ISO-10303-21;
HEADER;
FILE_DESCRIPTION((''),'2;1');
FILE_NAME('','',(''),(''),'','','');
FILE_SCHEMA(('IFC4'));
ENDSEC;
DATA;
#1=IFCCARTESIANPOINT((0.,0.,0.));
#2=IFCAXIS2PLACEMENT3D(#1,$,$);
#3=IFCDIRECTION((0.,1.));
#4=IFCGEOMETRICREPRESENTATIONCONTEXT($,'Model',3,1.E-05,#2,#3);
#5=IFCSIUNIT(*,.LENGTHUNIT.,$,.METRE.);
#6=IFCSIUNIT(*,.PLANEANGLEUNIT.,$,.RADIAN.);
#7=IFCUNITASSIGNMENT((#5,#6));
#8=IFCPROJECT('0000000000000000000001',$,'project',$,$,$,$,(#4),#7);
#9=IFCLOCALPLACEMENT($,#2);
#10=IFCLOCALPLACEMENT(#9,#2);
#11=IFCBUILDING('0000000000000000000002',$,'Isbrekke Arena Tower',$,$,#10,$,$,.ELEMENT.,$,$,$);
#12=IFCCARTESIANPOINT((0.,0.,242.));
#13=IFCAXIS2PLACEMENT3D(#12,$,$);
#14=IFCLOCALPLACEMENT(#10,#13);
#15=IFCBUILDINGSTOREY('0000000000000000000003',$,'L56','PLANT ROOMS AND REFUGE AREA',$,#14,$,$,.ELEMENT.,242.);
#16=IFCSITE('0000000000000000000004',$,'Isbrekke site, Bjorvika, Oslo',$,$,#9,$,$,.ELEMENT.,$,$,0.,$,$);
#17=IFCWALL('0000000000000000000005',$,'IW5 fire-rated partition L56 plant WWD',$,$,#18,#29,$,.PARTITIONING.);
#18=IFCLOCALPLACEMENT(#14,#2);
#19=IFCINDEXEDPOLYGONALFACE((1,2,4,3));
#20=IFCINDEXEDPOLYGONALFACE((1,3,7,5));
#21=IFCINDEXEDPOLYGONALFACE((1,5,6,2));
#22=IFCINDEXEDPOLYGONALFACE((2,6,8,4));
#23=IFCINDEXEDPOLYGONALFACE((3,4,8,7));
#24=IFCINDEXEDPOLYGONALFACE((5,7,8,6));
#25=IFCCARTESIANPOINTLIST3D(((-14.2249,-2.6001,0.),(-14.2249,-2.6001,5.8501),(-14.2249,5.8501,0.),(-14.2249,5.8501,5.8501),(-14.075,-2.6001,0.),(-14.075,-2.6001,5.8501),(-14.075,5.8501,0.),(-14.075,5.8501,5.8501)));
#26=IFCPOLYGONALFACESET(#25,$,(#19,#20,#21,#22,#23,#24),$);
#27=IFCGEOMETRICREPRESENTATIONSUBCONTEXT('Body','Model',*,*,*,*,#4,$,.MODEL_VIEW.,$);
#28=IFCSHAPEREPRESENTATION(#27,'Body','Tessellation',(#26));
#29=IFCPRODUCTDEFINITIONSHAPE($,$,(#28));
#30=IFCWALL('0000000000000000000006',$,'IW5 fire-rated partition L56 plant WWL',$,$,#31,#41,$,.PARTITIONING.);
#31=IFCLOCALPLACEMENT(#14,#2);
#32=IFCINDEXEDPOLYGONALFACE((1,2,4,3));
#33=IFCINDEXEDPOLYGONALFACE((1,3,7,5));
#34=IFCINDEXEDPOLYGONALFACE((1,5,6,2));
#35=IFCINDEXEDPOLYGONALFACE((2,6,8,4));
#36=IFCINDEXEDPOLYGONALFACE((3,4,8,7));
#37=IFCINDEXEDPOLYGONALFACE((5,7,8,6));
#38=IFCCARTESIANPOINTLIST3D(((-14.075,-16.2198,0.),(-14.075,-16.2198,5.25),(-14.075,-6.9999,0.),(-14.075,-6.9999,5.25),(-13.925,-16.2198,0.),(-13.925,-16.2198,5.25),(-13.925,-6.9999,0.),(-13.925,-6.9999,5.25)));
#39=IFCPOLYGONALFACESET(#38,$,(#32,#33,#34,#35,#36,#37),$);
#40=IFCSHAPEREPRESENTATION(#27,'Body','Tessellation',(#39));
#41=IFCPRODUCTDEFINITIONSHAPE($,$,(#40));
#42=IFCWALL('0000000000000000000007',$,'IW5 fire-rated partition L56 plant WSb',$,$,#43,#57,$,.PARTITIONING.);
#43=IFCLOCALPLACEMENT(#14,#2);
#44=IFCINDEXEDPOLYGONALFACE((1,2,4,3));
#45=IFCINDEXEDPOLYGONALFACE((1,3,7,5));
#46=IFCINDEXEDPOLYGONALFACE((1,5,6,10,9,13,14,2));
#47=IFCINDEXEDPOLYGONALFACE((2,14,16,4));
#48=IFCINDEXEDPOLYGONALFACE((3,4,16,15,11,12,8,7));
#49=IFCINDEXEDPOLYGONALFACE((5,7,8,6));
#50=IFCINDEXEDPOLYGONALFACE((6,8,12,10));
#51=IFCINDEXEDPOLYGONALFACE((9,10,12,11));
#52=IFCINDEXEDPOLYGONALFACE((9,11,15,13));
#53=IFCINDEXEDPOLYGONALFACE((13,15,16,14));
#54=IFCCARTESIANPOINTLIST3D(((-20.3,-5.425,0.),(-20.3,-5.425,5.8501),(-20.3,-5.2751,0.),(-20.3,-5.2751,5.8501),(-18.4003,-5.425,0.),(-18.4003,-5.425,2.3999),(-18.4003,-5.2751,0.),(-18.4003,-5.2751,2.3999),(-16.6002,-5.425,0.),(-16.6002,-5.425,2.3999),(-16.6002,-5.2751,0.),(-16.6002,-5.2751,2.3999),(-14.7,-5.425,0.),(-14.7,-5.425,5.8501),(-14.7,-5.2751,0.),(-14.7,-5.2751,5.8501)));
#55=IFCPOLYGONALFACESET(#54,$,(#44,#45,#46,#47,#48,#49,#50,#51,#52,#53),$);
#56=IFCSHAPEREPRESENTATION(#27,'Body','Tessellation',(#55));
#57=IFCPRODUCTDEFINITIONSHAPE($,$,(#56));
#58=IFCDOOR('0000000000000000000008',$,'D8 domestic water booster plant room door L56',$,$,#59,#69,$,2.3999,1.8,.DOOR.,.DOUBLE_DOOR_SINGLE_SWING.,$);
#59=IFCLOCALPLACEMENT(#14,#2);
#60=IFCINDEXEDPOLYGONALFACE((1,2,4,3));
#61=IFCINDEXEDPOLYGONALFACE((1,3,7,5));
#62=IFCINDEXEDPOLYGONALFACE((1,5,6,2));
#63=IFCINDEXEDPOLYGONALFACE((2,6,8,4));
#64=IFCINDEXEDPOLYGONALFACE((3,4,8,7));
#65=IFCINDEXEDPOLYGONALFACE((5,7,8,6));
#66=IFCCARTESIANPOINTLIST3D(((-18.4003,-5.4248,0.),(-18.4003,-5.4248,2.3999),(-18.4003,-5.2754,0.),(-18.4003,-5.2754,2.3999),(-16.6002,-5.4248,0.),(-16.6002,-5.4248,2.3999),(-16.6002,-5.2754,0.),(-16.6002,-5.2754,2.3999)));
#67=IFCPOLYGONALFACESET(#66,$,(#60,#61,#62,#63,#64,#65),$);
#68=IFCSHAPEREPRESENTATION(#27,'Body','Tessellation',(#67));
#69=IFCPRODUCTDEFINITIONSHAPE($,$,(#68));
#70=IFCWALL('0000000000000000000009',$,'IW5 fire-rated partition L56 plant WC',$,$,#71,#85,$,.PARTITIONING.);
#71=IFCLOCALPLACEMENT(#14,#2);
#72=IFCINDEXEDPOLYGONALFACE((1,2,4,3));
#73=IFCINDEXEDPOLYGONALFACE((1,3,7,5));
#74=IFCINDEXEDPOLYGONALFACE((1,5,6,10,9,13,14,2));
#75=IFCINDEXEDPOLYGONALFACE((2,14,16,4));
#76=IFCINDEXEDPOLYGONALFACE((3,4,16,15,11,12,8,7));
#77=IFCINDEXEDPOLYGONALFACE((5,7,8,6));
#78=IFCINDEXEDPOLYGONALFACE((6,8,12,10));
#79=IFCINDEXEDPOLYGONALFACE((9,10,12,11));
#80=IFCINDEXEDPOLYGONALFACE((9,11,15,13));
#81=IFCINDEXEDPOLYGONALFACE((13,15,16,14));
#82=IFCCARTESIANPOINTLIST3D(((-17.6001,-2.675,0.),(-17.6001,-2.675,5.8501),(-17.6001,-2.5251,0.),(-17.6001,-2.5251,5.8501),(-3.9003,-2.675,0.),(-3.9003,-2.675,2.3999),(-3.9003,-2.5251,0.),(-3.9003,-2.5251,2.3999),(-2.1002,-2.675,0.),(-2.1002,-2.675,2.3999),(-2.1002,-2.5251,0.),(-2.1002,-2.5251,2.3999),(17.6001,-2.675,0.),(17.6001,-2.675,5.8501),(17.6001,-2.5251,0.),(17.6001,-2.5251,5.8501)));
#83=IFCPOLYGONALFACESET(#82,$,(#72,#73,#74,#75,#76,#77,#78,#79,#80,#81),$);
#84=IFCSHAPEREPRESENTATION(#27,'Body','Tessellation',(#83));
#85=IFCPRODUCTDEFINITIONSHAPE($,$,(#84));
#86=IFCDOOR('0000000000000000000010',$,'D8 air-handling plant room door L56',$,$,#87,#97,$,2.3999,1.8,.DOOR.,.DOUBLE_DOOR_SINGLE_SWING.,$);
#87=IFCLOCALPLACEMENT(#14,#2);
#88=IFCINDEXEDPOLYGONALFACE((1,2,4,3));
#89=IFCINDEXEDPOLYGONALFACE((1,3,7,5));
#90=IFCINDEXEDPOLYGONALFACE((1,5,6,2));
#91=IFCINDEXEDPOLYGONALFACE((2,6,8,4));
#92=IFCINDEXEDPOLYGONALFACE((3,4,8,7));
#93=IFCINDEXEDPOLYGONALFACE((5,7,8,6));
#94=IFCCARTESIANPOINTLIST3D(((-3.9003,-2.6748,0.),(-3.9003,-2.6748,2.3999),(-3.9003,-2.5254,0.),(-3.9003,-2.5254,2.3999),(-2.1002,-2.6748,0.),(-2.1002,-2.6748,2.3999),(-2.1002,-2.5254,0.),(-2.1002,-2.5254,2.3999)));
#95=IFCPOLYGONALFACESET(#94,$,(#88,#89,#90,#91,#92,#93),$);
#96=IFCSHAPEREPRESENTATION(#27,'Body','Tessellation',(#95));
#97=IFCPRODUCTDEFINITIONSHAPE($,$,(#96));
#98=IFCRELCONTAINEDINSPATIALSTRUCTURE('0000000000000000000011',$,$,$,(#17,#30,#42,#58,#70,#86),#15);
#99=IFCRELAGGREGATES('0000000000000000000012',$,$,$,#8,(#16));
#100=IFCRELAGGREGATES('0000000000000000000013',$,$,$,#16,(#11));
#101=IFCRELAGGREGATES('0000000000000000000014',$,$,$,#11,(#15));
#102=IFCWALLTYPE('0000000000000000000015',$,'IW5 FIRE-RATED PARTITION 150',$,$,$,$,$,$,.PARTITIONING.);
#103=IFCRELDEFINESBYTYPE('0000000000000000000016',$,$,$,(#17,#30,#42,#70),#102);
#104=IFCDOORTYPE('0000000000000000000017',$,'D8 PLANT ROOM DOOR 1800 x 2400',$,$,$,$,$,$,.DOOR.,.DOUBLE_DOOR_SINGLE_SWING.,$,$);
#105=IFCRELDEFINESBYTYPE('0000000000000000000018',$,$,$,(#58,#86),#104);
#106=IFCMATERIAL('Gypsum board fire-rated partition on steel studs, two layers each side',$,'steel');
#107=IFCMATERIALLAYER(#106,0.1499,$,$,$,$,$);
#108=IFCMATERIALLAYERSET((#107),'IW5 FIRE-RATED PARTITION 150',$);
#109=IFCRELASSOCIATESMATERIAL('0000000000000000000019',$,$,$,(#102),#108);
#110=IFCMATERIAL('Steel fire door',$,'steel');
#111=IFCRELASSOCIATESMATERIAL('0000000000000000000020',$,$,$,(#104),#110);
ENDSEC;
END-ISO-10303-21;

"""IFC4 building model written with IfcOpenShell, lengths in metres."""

from ifc_helpers import new_model, si_unit, direction, frame, frame_2d, origin, place, context, subcontext, project, spatial, rectangle, extrude, material, layer, layer_set, type_object, element, fill, save


model = new_model("IFC4")

# Units and contexts
model_context = context("Model", 3, precision=1e-05, world=origin(), true_north=direction((0.0, 1.0)))
body_context = subcontext(model_context, "Body", "Model", "MODEL_VIEW")
ifc_project = project(units=[si_unit("LENGTHUNIT", "METRE"), si_unit("PLANEANGLEUNIT", "RADIAN")], contexts=[model_context])

# Site, building, storey
site_placement = place(None, origin())
site = spatial("IfcSite", under=ifc_project, at=site_placement, Name="Isbrekke site, Bjorvika, Oslo", CompositionType="ELEMENT", RefElevation=0.0)
building_placement = place(site_placement, origin())
building = spatial("IfcBuilding", under=site, at=building_placement, Name="Isbrekke Arena Tower", CompositionType="ELEMENT")
storey_placement = place(building_placement, frame((0.0, 0.0, 242.0)))
storey = spatial("IfcBuildingStorey", under=building, at=storey_placement, Name="L56", Description="PLANT ROOMS AND REFUGE AREA", CompositionType="ELEMENT", Elevation=242.0)

# Shared definitions
ifc_material_1 = material(Name="Gypsum board fire-rated partition on steel studs, two layers each side", Category="steel")
ifc_layer_1 = layer(ifc_material_1, 0.1499)
ifc_layer_set_1 = layer_set([ifc_layer_1], Name="IW5 FIRE-RATED PARTITION 150")
wall_type = type_object("IfcWallType", Name="IW5 FIRE-RATED PARTITION 150", PredefinedType="PARTITIONING", material=ifc_layer_set_1)
ifc_material_2 = material(Name="Steel fire door", Category="steel")
door_type = type_object("IfcDoorType", Name="D8 PLANT ROOM DOOR 1800 x 2400", OperationType="DOUBLE_DOOR_SINGLE_SWING", PredefinedType="DOOR", material=ifc_material_2)

# Walls
wall_1_placement = place(storey_placement, frame((-14.1499, -2.6001, 0.0), z_axis=(0.0, 0.0, 1.0), x_axis=(0.0, 1.0, 0.0)))
element("IfcWall", 1, at=wall_1_placement, inside=storey, type_object=wall_type, Name="IW5 fire-rated partition L56 plant WWD", PredefinedType="PARTITIONING", context=body_context, shape_type="SweptSolid", body=[
    extrude(rectangle(XDim=8.4502, YDim=0.1499, at=frame_2d((4.2251, 0.0))), origin(), (0.0, 0.0, 1.0), 5.8501),
])
wall_2_placement = place(storey_placement, frame((-14.0, -7.0, 0.0), z_axis=(0.0, 0.0, 1.0), x_axis=(0.0, -1.0, 0.0)))
element("IfcWall", 2, at=wall_2_placement, inside=storey, type_object=wall_type, Name="IW5 fire-rated partition L56 plant WWL", PredefinedType="PARTITIONING", context=body_context, shape_type="SweptSolid", body=[
    extrude(rectangle(XDim=9.22, YDim=0.1499, at=frame_2d((4.6099, 0.0))), origin(), (0.0, 0.0, 1.0), 5.25),
])

# Walls, openings, doors
wall_3_placement = place(storey_placement, frame((-20.3, -5.3501, 0.0), z_axis=(0.0, 0.0, 1.0), x_axis=(1.0, 0.0, 0.0)))
wall_3 = element("IfcWall", 3, at=wall_3_placement, inside=storey, type_object=wall_type, Name="IW5 fire-rated partition L56 plant WSb", PredefinedType="PARTITIONING", context=body_context, shape_type="SweptSolid", body=[
    extrude(rectangle(XDim=5.6001, YDim=0.1499, at=frame_2d((2.8, 0.0))), origin(), (0.0, 0.0, 1.0), 5.8501),
])
opening_1_placement = place(wall_3_placement, frame((1.8999, 0.0, 0.0)))
opening_1 = element("IfcOpeningElement", 4, at=opening_1_placement, cuts=wall_3, PredefinedType="OPENING", context=body_context, shape_type="SweptSolid", body=[
    extrude(rectangle(XDim=1.8, YDim=2.3999, at=frame_2d((0.8999, 1.2))), frame((0.0, 0.0898, 0.0), z_axis=(0.0, -1.0, 0.0), x_axis=(1.0, 0.0, 0.0)), (0.0, 0.0, 1.0), 0.1797),
])
door_1_placement = place(opening_1_placement, origin())
door_1 = element("IfcDoor", 5, at=door_1_placement, inside=storey, type_object=door_type, Name="D8 domestic water booster plant room door L56", OperationType="DOUBLE_DOOR_SINGLE_SWING", OverallHeight=2.3999, OverallWidth=1.8, PredefinedType="DOOR", context=body_context, shape_type="SweptSolid", body=[
    extrude(rectangle(XDim=1.8, YDim=2.3999, at=frame_2d((0.8999, 1.2))), frame((0.0, 0.0747, 0.0), z_axis=(0.0, -1.0, 0.0), x_axis=(1.0, 0.0, 0.0)), (0.0, 0.0, 1.0), 0.1494),
])
fill(opening_1, door_1)
wall_4_placement = place(storey_placement, frame((-17.6001, -2.6001, 0.0), z_axis=(0.0, 0.0, 1.0), x_axis=(1.0, 0.0, 0.0)))
wall_4 = element("IfcWall", 6, at=wall_4_placement, inside=storey, type_object=wall_type, Name="IW5 fire-rated partition L56 plant WC", PredefinedType="PARTITIONING", context=body_context, shape_type="SweptSolid", body=[
    extrude(rectangle(XDim=35.2002, YDim=0.1499, at=frame_2d((17.6001, 0.0))), origin(), (0.0, 0.0, 1.0), 5.8501),
])
opening_2_placement = place(wall_4_placement, frame((13.7, 0.0, 0.0)))
opening_2 = element("IfcOpeningElement", 7, at=opening_2_placement, cuts=wall_4, PredefinedType="OPENING", context=body_context, shape_type="SweptSolid", body=[
    extrude(rectangle(XDim=1.8, YDim=2.3999, at=frame_2d((0.8999, 1.2))), frame((0.0, 0.0898, 0.0), z_axis=(0.0, -1.0, 0.0), x_axis=(1.0, 0.0, 0.0)), (0.0, 0.0, 1.0), 0.1797),
])
door_2_placement = place(opening_2_placement, origin())
door_2 = element("IfcDoor", 8, at=door_2_placement, inside=storey, type_object=door_type, Name="D8 air-handling plant room door L56", OperationType="DOUBLE_DOOR_SINGLE_SWING", OverallHeight=2.3999, OverallWidth=1.8, PredefinedType="DOOR", context=body_context, shape_type="SweptSolid", body=[
    extrude(rectangle(XDim=1.8, YDim=2.3999, at=frame_2d((0.8999, 1.2))), frame((0.0, 0.0747, 0.0), z_axis=(0.0, -1.0, 0.0), x_axis=(1.0, 0.0, 0.0)), (0.0, 0.0, 1.0), 0.1494),
])
fill(opening_2, door_2)

save(model, "model.ifc")
